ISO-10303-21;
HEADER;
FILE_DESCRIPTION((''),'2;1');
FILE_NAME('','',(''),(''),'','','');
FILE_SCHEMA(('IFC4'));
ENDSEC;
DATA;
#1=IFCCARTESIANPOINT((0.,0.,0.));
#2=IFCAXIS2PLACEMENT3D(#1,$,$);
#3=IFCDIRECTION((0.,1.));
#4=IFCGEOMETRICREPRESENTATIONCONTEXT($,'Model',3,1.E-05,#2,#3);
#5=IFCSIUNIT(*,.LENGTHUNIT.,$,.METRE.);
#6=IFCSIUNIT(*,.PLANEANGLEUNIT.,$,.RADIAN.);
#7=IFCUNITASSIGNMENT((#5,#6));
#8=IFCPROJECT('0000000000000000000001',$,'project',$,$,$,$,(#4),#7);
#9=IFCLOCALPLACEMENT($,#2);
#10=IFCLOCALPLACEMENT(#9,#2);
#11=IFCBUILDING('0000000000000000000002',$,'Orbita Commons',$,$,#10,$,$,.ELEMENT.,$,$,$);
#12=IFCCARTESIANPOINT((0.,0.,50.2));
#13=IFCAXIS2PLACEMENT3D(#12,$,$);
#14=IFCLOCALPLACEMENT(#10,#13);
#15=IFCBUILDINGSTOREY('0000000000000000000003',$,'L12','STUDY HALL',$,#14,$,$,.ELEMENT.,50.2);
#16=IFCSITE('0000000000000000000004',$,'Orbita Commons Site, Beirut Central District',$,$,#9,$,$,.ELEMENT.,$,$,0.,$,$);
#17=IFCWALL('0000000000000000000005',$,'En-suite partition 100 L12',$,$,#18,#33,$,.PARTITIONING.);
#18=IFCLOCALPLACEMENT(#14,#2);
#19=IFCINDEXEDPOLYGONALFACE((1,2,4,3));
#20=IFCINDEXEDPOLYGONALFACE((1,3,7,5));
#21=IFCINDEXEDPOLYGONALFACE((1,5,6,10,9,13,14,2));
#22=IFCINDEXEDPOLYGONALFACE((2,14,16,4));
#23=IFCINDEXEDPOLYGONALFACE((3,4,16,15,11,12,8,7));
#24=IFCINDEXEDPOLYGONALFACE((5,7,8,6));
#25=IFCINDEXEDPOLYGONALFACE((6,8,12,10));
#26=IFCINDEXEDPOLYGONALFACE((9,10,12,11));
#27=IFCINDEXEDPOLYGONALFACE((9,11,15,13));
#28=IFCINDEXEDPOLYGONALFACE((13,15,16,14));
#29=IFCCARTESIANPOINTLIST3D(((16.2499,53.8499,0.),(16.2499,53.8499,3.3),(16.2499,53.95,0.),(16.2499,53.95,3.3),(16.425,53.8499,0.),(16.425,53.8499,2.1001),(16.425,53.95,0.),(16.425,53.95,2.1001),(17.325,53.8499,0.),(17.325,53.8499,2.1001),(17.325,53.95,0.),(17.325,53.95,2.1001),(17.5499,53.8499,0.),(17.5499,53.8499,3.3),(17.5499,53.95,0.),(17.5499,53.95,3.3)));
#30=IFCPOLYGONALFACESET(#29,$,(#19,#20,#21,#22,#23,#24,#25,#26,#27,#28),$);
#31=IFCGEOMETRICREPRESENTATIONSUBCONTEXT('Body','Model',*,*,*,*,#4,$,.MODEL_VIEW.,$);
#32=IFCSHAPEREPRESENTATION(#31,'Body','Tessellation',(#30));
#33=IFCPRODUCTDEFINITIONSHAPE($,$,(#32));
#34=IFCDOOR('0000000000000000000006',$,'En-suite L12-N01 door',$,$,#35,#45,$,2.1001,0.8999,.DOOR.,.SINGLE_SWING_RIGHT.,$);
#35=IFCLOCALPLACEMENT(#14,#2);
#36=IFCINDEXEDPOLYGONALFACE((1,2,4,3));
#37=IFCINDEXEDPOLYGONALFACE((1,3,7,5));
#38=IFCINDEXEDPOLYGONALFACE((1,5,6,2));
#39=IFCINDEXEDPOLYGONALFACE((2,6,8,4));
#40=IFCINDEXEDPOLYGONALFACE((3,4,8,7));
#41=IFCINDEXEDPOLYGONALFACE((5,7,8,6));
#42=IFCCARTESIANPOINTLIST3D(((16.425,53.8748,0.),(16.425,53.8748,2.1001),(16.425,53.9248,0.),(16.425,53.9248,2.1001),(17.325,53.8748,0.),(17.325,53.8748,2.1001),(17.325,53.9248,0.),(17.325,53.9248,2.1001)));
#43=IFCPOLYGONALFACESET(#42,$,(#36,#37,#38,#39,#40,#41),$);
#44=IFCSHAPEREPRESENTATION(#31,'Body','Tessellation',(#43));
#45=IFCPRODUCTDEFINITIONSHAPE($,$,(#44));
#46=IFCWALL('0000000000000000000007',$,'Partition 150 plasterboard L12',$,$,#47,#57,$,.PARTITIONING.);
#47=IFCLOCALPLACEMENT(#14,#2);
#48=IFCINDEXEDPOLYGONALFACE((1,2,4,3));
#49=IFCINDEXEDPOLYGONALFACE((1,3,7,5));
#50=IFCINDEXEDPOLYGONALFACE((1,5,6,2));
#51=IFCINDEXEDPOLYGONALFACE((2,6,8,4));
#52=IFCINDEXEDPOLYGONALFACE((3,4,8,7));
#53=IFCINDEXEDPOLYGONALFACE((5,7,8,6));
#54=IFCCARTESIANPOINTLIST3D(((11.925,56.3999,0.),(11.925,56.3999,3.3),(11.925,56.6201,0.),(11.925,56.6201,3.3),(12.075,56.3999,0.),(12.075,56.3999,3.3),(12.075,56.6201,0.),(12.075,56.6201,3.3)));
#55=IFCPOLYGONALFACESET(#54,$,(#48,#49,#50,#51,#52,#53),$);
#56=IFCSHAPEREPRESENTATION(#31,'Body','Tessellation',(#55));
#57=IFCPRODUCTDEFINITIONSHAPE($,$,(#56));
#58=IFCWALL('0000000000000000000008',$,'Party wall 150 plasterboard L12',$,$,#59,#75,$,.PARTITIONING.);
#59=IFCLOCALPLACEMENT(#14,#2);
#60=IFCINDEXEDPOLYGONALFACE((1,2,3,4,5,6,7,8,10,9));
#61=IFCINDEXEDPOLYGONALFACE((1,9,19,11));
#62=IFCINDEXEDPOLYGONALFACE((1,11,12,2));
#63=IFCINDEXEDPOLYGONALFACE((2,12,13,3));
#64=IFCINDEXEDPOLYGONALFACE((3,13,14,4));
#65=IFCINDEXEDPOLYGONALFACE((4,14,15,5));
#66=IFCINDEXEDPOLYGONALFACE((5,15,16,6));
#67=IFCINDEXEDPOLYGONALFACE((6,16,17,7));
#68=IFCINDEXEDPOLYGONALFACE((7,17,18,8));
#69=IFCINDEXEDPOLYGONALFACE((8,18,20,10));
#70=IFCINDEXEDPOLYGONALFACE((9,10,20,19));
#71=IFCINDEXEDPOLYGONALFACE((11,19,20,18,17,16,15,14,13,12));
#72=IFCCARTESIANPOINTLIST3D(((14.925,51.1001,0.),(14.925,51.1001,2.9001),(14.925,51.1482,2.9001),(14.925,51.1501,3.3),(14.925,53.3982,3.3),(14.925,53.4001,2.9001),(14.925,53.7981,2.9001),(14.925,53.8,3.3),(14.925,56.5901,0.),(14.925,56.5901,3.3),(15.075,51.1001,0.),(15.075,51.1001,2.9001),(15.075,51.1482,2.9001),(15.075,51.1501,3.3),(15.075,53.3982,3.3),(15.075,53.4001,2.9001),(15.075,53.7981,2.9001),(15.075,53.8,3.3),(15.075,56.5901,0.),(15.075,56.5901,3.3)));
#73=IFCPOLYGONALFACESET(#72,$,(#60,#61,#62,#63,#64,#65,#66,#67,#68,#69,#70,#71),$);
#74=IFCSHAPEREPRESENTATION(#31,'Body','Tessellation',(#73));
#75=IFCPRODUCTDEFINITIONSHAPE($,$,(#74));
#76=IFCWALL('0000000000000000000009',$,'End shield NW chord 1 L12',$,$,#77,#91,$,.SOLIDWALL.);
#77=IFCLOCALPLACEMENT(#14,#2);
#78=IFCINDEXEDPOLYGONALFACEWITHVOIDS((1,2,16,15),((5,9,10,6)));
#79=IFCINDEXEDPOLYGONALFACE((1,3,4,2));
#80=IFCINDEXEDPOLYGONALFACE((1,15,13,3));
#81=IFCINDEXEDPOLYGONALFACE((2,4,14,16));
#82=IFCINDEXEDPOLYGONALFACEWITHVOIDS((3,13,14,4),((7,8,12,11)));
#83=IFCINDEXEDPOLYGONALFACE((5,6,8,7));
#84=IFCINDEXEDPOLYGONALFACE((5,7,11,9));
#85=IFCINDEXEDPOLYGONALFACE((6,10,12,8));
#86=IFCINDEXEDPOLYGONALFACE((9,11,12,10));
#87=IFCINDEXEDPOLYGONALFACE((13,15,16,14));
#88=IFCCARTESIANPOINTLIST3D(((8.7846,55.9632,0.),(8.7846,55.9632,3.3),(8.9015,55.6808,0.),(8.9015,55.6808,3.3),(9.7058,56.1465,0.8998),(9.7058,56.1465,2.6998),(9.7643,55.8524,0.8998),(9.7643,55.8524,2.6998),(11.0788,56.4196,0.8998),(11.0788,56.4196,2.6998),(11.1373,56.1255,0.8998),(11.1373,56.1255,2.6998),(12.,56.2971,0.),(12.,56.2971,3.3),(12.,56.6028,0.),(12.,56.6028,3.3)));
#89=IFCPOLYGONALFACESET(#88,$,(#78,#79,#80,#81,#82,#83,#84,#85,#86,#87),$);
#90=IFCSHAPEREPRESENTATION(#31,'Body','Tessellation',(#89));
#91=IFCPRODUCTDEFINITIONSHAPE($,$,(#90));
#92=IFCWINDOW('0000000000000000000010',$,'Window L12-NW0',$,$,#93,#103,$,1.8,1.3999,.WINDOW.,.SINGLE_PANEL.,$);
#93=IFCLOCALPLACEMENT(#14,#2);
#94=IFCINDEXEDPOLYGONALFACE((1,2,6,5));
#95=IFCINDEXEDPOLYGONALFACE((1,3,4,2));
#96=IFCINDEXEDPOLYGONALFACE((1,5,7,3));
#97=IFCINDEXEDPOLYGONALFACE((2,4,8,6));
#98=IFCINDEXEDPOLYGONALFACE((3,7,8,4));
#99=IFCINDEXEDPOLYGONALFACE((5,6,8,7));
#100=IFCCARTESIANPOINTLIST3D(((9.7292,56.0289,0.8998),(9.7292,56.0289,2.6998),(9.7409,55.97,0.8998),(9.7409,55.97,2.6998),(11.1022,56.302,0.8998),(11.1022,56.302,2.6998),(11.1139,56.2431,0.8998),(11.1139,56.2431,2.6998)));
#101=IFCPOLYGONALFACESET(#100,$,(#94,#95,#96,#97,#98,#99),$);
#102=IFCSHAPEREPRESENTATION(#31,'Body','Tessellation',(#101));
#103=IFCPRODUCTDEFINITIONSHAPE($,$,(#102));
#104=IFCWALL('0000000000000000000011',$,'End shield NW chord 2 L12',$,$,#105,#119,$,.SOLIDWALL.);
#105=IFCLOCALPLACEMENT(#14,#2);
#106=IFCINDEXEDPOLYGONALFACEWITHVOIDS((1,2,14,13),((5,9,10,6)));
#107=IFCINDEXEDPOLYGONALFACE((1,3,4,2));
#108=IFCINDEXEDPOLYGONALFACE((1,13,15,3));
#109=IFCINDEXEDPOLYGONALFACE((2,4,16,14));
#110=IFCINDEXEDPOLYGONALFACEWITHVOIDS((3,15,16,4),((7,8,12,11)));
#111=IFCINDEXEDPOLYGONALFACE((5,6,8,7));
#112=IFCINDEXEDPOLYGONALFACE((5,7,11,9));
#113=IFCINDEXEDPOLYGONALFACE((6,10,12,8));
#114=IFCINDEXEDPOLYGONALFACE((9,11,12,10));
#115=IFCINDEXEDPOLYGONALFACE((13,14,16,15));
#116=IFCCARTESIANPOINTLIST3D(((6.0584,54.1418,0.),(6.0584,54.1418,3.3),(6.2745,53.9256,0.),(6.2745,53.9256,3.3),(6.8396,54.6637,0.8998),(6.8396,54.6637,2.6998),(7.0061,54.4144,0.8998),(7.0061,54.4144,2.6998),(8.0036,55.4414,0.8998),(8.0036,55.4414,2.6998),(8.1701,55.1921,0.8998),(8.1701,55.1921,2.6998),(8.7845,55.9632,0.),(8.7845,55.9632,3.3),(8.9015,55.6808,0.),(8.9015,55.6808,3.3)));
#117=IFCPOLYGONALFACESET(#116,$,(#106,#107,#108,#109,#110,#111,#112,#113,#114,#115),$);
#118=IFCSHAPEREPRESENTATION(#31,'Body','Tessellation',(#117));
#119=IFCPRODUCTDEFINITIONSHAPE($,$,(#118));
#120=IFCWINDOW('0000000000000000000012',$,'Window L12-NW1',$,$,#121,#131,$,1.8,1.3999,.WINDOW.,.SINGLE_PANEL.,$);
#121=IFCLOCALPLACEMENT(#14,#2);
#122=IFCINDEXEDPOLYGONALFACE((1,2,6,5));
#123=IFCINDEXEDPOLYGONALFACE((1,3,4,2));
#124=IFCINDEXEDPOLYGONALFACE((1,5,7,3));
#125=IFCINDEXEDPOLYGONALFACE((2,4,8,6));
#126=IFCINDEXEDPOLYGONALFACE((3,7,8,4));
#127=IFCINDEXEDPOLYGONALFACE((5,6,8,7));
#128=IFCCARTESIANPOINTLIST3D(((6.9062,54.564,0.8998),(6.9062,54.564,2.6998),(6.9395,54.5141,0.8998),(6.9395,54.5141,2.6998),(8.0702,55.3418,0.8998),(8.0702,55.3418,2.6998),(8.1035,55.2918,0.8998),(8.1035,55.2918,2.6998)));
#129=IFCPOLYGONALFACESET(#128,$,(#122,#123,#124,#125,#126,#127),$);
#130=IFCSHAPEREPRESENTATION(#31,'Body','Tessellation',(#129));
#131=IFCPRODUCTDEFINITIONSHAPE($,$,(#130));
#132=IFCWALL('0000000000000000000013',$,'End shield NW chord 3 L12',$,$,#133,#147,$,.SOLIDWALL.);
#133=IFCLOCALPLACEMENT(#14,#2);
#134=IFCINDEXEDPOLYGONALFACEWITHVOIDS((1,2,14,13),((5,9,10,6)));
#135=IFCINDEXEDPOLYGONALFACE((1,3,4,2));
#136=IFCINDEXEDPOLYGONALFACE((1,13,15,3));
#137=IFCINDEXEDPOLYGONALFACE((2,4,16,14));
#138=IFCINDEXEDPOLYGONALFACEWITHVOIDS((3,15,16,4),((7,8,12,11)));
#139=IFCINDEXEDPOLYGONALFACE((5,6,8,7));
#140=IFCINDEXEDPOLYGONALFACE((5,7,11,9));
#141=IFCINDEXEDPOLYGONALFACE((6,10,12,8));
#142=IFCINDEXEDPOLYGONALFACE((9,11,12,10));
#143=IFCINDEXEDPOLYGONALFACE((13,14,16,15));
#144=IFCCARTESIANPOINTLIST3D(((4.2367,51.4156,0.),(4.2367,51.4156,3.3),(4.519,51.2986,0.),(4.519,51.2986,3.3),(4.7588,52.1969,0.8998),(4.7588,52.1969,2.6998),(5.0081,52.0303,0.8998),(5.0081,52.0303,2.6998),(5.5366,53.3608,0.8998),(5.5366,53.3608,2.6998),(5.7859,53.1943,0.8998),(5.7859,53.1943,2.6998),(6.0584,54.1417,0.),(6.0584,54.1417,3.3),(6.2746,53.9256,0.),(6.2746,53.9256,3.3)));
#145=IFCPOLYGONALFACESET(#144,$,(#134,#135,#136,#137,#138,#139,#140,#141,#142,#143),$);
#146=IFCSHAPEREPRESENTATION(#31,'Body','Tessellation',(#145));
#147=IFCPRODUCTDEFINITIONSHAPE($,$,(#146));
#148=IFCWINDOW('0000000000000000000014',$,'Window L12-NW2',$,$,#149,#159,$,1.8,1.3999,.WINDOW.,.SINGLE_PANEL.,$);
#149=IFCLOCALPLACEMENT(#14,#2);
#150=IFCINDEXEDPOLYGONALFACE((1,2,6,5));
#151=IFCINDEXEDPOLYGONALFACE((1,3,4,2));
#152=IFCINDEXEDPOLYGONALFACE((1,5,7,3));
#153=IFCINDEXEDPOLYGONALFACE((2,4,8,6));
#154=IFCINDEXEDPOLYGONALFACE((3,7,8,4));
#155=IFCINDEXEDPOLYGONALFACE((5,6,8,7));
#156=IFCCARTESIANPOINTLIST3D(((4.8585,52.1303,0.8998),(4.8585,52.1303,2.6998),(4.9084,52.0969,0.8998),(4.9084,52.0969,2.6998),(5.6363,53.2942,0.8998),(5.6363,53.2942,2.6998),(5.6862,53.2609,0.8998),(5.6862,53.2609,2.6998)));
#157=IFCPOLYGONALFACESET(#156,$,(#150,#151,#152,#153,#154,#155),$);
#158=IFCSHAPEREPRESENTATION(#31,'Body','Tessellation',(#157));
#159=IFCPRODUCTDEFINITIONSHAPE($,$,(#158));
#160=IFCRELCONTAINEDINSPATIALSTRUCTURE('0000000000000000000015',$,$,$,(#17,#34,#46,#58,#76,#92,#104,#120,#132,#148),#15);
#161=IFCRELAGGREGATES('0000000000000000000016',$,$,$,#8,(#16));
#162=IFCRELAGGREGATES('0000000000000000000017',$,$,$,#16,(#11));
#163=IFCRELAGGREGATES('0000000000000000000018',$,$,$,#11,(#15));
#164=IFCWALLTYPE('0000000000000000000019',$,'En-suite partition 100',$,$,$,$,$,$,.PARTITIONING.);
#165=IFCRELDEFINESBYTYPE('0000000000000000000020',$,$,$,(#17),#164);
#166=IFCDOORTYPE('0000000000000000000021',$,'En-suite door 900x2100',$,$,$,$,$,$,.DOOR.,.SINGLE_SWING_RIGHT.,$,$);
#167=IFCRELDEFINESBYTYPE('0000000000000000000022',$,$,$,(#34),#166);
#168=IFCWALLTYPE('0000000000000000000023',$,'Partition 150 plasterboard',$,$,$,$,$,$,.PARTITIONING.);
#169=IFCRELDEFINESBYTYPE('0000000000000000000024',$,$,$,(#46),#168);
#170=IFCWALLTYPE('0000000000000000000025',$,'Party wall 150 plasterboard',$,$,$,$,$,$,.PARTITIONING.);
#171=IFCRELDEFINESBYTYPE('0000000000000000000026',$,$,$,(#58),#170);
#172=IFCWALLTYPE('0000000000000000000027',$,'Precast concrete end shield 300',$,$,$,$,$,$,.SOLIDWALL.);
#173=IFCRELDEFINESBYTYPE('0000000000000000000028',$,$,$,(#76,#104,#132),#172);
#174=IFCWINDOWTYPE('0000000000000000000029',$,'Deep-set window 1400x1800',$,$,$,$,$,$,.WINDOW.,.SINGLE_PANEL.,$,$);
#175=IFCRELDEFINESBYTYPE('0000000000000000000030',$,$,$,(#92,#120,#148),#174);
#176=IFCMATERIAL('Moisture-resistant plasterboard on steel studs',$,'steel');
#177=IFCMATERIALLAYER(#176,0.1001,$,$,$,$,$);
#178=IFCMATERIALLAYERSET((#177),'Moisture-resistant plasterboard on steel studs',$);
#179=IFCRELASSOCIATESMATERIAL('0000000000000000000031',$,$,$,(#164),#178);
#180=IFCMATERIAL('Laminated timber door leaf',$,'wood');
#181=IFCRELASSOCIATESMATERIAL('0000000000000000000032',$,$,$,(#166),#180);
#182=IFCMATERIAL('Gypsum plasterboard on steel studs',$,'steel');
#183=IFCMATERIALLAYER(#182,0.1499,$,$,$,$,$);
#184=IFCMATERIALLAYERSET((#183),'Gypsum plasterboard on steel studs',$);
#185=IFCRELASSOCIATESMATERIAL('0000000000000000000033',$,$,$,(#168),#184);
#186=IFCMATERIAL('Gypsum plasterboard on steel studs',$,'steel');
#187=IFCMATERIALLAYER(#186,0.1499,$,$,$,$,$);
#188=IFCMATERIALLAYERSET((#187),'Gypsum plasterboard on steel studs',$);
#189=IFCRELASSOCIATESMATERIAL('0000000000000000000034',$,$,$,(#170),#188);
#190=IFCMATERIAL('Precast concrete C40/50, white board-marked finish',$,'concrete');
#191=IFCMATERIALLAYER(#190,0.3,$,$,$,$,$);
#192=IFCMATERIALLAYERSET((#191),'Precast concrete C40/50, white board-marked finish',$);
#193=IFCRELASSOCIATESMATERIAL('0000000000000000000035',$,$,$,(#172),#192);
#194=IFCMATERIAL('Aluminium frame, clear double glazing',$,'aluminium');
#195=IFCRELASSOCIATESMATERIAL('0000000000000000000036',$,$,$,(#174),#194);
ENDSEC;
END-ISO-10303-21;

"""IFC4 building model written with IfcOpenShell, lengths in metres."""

from ifc_helpers import new_model, si_unit, direction, frame, frame_2d, origin, place, context, subcontext, project, spatial, polyline, rectangle, outline, extrude, material, layer, layer_set, type_object, element, fill, save


model = new_model("IFC4")

# Units and contexts
model_context = context("Model", 3, precision=1e-05, world=origin(), true_north=direction((0.0, 1.0)))
body_context = subcontext(model_context, "Body", "Model", "MODEL_VIEW")
ifc_project = project(units=[si_unit("LENGTHUNIT", "METRE"), si_unit("PLANEANGLEUNIT", "RADIAN")], contexts=[model_context])

# Site, building, storey
site_placement = place(None, origin())
site = spatial("IfcSite", under=ifc_project, at=site_placement, Name="Orbita Commons Site, Beirut Central District", CompositionType="ELEMENT", RefElevation=0.0)
building_placement = place(site_placement, origin())
building = spatial("IfcBuilding", under=site, at=building_placement, Name="Orbita Commons", CompositionType="ELEMENT")
storey_placement = place(building_placement, frame((0.0, 0.0, 50.2)))
storey = spatial("IfcBuildingStorey", under=building, at=storey_placement, Name="L12", Description="STUDY HALL", CompositionType="ELEMENT", Elevation=50.2)

# Shared definitions
ifc_material_1 = material(Name="Moisture-resistant plasterboard on steel studs", Category="steel")
ifc_layer_1 = layer(ifc_material_1, 0.1001)
ifc_layer_set_1 = layer_set([ifc_layer_1], Name="Moisture-resistant plasterboard on steel studs")
wall_type_1 = type_object("IfcWallType", Name="En-suite partition 100", PredefinedType="PARTITIONING", material=ifc_layer_set_1)
ifc_material_2 = material(Name="Laminated timber door leaf", Category="wood")
door_type = type_object("IfcDoorType", Name="En-suite door 900x2100", OperationType="SINGLE_SWING_RIGHT", PredefinedType="DOOR", material=ifc_material_2)

# Wall, opening, door
wall_1_placement = place(storey_placement, frame((16.25, 53.8999, 0.0), z_axis=(0.0, 0.0, 1.0), x_axis=(1.0, 0.0, 0.0)))
wall_1 = element("IfcWall", 1, at=wall_1_placement, inside=storey, type_object=wall_type_1, Name="En-suite partition 100 L12", PredefinedType="PARTITIONING", context=body_context, shape_type="SweptSolid", body=[
    extrude(rectangle(XDim=1.3, YDim=0.1001, at=frame_2d((0.6499, 0.0))), origin(), (0.0, 0.0, 1.0), 3.3),
])
opening_1_placement = place(wall_1_placement, frame((0.175, 0.0, 0.0)))
opening_1 = element("IfcOpeningElement", 2, at=opening_1_placement, cuts=wall_1, PredefinedType="OPENING", context=body_context, shape_type="SweptSolid", body=[
    extrude(rectangle(XDim=0.8999, YDim=2.1001, at=frame_2d((0.45, 1.05))), frame((0.0, 0.0601, 0.0), z_axis=(0.0, -1.0, 0.0), x_axis=(1.0, 0.0, 0.0)), (0.0, 0.0, 1.0), 0.1201),
])
door_1_placement = place(opening_1_placement, origin())
door_1 = element("IfcDoor", 3, at=door_1_placement, inside=storey, type_object=door_type, Name="En-suite L12-N01 door", OperationType="SINGLE_SWING_RIGHT", OverallHeight=2.1001, OverallWidth=0.8999, PredefinedType="DOOR", context=body_context, shape_type="SweptSolid", body=[
    extrude(rectangle(XDim=0.8999, YDim=2.1001, at=frame_2d((0.45, 1.05))), frame((0.0, 0.0249, 0.0), z_axis=(0.0, -1.0, 0.0), x_axis=(1.0, 0.0, 0.0)), (0.0, 0.0, 1.0), 0.05),
])
fill(opening_1, door_1)

# Walls
ifc_material_3 = material(Name="Gypsum plasterboard on steel studs", Category="steel")
ifc_layer_2 = layer(ifc_material_3, 0.1499)
ifc_layer_set_2 = layer_set([ifc_layer_2], Name="Gypsum plasterboard on steel studs")
wall_type_2 = type_object("IfcWallType", Name="Partition 150 plasterboard", PredefinedType="PARTITIONING", material=ifc_layer_set_2)
wall_2_placement = place(storey_placement, frame((12.0, 56.3999, 0.0), z_axis=(0.0, 0.0, 1.0), x_axis=(0.0, 1.0, 0.0)))
element("IfcWall", 4, at=wall_2_placement, inside=storey, type_object=wall_type_2, Name="Partition 150 plasterboard L12", PredefinedType="PARTITIONING", context=body_context, shape_type="SweptSolid", body=[
    extrude(rectangle(XDim=0.2202, YDim=0.1499, at=frame_2d((0.1101, 0.0))), origin(), (0.0, 0.0, 1.0), 3.3),
])
ifc_material_4 = material(Name="Gypsum plasterboard on steel studs", Category="steel")
ifc_layer_3 = layer(ifc_material_4, 0.1499)
ifc_layer_set_3 = layer_set([ifc_layer_3], Name="Gypsum plasterboard on steel studs")
wall_type_3 = type_object("IfcWallType", Name="Party wall 150 plasterboard", PredefinedType="PARTITIONING", material=ifc_layer_set_3)
wall_3_placement = place(storey_placement, frame((15.0, 56.5901, 0.0), z_axis=(0.0, 0.0, 1.0), x_axis=(0.0, -1.0, 0.0)))
element("IfcWall", 5, at=wall_3_placement, inside=storey, type_object=wall_type_3, Name="Party wall 150 plasterboard L12", PredefinedType="PARTITIONING", context=body_context, shape_type="SweptSolid", body=[
    extrude(outline(polyline([(0.0, 0.0), (5.49, 0.0), (5.49, 2.9001), (5.4419, 2.9001), (5.4399, 3.3), (3.1919, 3.3), (3.1899, 2.9001), (2.792, 2.9001), (2.79, 3.3), (0.0, 3.3), (0.0, 0.0)])), frame((0.0, 0.075, 0.0), z_axis=(0.0, -1.0, 0.0), x_axis=(1.0, 0.0, 0.0)), (0.0, 0.0, 1.0), 0.1499),
])

# Walls, openings, windows
ifc_material_5 = material(Name="Precast concrete C40/50, white board-marked finish", Category="concrete")
ifc_layer_4 = layer(ifc_material_5, 0.3)
ifc_layer_set_4 = layer_set([ifc_layer_4], Name="Precast concrete C40/50, white board-marked finish")
wall_type_4 = type_object("IfcWallType", Name="Precast concrete end shield 300", PredefinedType="SOLIDWALL", material=ifc_layer_set_4)
wall_4_placement = place(storey_placement, frame((12.0, 56.45, 0.0), z_axis=(0.0, 0.0, 1.0), x_axis=(-0.980787, -0.19508, 0.0)))
wall_4 = element("IfcWall", 6, at=wall_4_placement, inside=storey, type_object=wall_type_4, Name="End shield NW chord 1 L12", PredefinedType="SOLIDWALL", context=body_context, shape_type="SweptSolid", body=[
    extrude(outline(polyline([(-0.0298, -0.1499), (3.2485, -0.1499), (3.189, 0.1499), (0.0298, 0.1499), (-0.0298, -0.1499)])), origin(), (0.0, 0.0, 1.0), 3.3),
])
opening_2_placement = place(wall_4_placement, frame((0.9094, 0.0, 0.8999)))
opening_2 = element("IfcOpeningElement", 7, at=opening_2_placement, cuts=wall_4, PredefinedType="OPENING", context=body_context, shape_type="SweptSolid", body=[
    extrude(rectangle(XDim=1.3999, YDim=1.8, at=frame_2d((0.7, 0.8999))), frame((0.0, 0.1599, 0.0), z_axis=(0.0, -1.0, 0.0), x_axis=(1.0, 0.0, 0.0)), (0.0, 0.0, 1.0), 0.3201),
])
ifc_material_6 = material(Name="Aluminium frame, clear double glazing", Category="aluminium")
window_type = type_object("IfcWindowType", Name="Deep-set window 1400x1800", PartitioningType="SINGLE_PANEL", PredefinedType="WINDOW", material=ifc_material_6)
window_1_placement = place(opening_2_placement, origin())
window_1 = element("IfcWindow", 8, at=window_1_placement, inside=storey, type_object=window_type, Name="Window L12-NW0", OverallHeight=1.8, OverallWidth=1.3999, PartitioningType="SINGLE_PANEL", PredefinedType="WINDOW", context=body_context, shape_type="SweptSolid", body=[
    extrude(rectangle(XDim=1.3999, YDim=1.8, at=frame_2d((0.7, 0.8999))), frame((0.0, 0.03, 0.0), z_axis=(0.0, -1.0, 0.0), x_axis=(1.0, 0.0, 0.0)), (0.0, 0.0, 1.0), 0.0601),
])
fill(opening_2, window_1)
wall_5_placement = place(storey_placement, frame((8.843, 55.822, 0.0), z_axis=(0.0, 0.0, 1.0), x_axis=(-0.831478, -0.555558, 0.0)))
wall_5 = element("IfcWall", 9, at=wall_5_placement, inside=storey, type_object=wall_type_4, Name="End shield NW chord 2 L12", PredefinedType="SOLIDWALL", context=body_context, shape_type="SweptSolid", body=[
    extrude(outline(polyline([(-0.0298, -0.1499), (3.2488, -0.1499), (3.1892, 0.1499), (0.0298, 0.1499), (-0.0298, -0.1499)])), origin(), (0.0, 0.0, 1.0), 3.3),
])
opening_3_placement = place(wall_5_placement, frame((0.9094, 0.0, 0.8999)))
opening_3 = element("IfcOpeningElement", 10, at=opening_3_placement, cuts=wall_5, PredefinedType="OPENING", context=body_context, shape_type="SweptSolid", body=[
    extrude(rectangle(XDim=1.3999, YDim=1.8, at=frame_2d((0.7, 0.8999))), frame((0.0, 0.1599, 0.0), z_axis=(0.0, -1.0, 0.0), x_axis=(1.0, 0.0, 0.0)), (0.0, 0.0, 1.0), 0.3201),
])
window_2_placement = place(opening_3_placement, origin())
window_2 = element("IfcWindow", 11, at=window_2_placement, inside=storey, type_object=window_type, Name="Window L12-NW1", OverallHeight=1.8, OverallWidth=1.3999, PartitioningType="SINGLE_PANEL", PredefinedType="WINDOW", context=body_context, shape_type="SweptSolid", body=[
    extrude(rectangle(XDim=1.3999, YDim=1.8, at=frame_2d((0.7, 0.8999))), frame((0.0, 0.03, 0.0), z_axis=(0.0, -1.0, 0.0), x_axis=(1.0, 0.0, 0.0)), (0.0, 0.0, 1.0), 0.0601),
])
fill(opening_3, window_2)
wall_6_placement = place(storey_placement, frame((6.1665, 54.0337, 0.0), z_axis=(0.0, 0.0, 1.0), x_axis=(-0.55561, -0.831443, 0.0)))
wall_6 = element("IfcWall", 12, at=wall_6_placement, inside=storey, type_object=wall_type_4, Name="End shield NW chord 3 L12", PredefinedType="SOLIDWALL", context=body_context, shape_type="SweptSolid", body=[
    extrude(outline(polyline([(-0.0298, -0.1499), (3.249, -0.1499), (3.1895, 0.1499), (0.0298, 0.1499), (-0.0298, -0.1499)])), origin(), (0.0, 0.0, 1.0), 3.3),
])
opening_4_placement = place(wall_6_placement, frame((0.9094, 0.0, 0.8999)))
opening_4 = element("IfcOpeningElement", 13, at=opening_4_placement, cuts=wall_6, PredefinedType="OPENING", context=body_context, shape_type="SweptSolid", body=[
    extrude(rectangle(XDim=1.3999, YDim=1.8, at=frame_2d((0.7, 0.8999))), frame((0.0, 0.1599, 0.0), z_axis=(0.0, -1.0, 0.0), x_axis=(1.0, 0.0, 0.0)), (0.0, 0.0, 1.0), 0.3201),
])
window_3_placement = place(opening_4_placement, origin())
window_3 = element("IfcWindow", 14, at=window_3_placement, inside=storey, type_object=window_type, Name="Window L12-NW2", OverallHeight=1.8, OverallWidth=1.3999, PartitioningType="SINGLE_PANEL", PredefinedType="WINDOW", context=body_context, shape_type="SweptSolid", body=[
    extrude(rectangle(XDim=1.3999, YDim=1.8, at=frame_2d((0.7, 0.8999))), frame((0.0, 0.03, 0.0), z_axis=(0.0, -1.0, 0.0), x_axis=(1.0, 0.0, 0.0)), (0.0, 0.0, 1.0), 0.0601),
])
fill(opening_4, window_3)

save(model, "model.ifc")
